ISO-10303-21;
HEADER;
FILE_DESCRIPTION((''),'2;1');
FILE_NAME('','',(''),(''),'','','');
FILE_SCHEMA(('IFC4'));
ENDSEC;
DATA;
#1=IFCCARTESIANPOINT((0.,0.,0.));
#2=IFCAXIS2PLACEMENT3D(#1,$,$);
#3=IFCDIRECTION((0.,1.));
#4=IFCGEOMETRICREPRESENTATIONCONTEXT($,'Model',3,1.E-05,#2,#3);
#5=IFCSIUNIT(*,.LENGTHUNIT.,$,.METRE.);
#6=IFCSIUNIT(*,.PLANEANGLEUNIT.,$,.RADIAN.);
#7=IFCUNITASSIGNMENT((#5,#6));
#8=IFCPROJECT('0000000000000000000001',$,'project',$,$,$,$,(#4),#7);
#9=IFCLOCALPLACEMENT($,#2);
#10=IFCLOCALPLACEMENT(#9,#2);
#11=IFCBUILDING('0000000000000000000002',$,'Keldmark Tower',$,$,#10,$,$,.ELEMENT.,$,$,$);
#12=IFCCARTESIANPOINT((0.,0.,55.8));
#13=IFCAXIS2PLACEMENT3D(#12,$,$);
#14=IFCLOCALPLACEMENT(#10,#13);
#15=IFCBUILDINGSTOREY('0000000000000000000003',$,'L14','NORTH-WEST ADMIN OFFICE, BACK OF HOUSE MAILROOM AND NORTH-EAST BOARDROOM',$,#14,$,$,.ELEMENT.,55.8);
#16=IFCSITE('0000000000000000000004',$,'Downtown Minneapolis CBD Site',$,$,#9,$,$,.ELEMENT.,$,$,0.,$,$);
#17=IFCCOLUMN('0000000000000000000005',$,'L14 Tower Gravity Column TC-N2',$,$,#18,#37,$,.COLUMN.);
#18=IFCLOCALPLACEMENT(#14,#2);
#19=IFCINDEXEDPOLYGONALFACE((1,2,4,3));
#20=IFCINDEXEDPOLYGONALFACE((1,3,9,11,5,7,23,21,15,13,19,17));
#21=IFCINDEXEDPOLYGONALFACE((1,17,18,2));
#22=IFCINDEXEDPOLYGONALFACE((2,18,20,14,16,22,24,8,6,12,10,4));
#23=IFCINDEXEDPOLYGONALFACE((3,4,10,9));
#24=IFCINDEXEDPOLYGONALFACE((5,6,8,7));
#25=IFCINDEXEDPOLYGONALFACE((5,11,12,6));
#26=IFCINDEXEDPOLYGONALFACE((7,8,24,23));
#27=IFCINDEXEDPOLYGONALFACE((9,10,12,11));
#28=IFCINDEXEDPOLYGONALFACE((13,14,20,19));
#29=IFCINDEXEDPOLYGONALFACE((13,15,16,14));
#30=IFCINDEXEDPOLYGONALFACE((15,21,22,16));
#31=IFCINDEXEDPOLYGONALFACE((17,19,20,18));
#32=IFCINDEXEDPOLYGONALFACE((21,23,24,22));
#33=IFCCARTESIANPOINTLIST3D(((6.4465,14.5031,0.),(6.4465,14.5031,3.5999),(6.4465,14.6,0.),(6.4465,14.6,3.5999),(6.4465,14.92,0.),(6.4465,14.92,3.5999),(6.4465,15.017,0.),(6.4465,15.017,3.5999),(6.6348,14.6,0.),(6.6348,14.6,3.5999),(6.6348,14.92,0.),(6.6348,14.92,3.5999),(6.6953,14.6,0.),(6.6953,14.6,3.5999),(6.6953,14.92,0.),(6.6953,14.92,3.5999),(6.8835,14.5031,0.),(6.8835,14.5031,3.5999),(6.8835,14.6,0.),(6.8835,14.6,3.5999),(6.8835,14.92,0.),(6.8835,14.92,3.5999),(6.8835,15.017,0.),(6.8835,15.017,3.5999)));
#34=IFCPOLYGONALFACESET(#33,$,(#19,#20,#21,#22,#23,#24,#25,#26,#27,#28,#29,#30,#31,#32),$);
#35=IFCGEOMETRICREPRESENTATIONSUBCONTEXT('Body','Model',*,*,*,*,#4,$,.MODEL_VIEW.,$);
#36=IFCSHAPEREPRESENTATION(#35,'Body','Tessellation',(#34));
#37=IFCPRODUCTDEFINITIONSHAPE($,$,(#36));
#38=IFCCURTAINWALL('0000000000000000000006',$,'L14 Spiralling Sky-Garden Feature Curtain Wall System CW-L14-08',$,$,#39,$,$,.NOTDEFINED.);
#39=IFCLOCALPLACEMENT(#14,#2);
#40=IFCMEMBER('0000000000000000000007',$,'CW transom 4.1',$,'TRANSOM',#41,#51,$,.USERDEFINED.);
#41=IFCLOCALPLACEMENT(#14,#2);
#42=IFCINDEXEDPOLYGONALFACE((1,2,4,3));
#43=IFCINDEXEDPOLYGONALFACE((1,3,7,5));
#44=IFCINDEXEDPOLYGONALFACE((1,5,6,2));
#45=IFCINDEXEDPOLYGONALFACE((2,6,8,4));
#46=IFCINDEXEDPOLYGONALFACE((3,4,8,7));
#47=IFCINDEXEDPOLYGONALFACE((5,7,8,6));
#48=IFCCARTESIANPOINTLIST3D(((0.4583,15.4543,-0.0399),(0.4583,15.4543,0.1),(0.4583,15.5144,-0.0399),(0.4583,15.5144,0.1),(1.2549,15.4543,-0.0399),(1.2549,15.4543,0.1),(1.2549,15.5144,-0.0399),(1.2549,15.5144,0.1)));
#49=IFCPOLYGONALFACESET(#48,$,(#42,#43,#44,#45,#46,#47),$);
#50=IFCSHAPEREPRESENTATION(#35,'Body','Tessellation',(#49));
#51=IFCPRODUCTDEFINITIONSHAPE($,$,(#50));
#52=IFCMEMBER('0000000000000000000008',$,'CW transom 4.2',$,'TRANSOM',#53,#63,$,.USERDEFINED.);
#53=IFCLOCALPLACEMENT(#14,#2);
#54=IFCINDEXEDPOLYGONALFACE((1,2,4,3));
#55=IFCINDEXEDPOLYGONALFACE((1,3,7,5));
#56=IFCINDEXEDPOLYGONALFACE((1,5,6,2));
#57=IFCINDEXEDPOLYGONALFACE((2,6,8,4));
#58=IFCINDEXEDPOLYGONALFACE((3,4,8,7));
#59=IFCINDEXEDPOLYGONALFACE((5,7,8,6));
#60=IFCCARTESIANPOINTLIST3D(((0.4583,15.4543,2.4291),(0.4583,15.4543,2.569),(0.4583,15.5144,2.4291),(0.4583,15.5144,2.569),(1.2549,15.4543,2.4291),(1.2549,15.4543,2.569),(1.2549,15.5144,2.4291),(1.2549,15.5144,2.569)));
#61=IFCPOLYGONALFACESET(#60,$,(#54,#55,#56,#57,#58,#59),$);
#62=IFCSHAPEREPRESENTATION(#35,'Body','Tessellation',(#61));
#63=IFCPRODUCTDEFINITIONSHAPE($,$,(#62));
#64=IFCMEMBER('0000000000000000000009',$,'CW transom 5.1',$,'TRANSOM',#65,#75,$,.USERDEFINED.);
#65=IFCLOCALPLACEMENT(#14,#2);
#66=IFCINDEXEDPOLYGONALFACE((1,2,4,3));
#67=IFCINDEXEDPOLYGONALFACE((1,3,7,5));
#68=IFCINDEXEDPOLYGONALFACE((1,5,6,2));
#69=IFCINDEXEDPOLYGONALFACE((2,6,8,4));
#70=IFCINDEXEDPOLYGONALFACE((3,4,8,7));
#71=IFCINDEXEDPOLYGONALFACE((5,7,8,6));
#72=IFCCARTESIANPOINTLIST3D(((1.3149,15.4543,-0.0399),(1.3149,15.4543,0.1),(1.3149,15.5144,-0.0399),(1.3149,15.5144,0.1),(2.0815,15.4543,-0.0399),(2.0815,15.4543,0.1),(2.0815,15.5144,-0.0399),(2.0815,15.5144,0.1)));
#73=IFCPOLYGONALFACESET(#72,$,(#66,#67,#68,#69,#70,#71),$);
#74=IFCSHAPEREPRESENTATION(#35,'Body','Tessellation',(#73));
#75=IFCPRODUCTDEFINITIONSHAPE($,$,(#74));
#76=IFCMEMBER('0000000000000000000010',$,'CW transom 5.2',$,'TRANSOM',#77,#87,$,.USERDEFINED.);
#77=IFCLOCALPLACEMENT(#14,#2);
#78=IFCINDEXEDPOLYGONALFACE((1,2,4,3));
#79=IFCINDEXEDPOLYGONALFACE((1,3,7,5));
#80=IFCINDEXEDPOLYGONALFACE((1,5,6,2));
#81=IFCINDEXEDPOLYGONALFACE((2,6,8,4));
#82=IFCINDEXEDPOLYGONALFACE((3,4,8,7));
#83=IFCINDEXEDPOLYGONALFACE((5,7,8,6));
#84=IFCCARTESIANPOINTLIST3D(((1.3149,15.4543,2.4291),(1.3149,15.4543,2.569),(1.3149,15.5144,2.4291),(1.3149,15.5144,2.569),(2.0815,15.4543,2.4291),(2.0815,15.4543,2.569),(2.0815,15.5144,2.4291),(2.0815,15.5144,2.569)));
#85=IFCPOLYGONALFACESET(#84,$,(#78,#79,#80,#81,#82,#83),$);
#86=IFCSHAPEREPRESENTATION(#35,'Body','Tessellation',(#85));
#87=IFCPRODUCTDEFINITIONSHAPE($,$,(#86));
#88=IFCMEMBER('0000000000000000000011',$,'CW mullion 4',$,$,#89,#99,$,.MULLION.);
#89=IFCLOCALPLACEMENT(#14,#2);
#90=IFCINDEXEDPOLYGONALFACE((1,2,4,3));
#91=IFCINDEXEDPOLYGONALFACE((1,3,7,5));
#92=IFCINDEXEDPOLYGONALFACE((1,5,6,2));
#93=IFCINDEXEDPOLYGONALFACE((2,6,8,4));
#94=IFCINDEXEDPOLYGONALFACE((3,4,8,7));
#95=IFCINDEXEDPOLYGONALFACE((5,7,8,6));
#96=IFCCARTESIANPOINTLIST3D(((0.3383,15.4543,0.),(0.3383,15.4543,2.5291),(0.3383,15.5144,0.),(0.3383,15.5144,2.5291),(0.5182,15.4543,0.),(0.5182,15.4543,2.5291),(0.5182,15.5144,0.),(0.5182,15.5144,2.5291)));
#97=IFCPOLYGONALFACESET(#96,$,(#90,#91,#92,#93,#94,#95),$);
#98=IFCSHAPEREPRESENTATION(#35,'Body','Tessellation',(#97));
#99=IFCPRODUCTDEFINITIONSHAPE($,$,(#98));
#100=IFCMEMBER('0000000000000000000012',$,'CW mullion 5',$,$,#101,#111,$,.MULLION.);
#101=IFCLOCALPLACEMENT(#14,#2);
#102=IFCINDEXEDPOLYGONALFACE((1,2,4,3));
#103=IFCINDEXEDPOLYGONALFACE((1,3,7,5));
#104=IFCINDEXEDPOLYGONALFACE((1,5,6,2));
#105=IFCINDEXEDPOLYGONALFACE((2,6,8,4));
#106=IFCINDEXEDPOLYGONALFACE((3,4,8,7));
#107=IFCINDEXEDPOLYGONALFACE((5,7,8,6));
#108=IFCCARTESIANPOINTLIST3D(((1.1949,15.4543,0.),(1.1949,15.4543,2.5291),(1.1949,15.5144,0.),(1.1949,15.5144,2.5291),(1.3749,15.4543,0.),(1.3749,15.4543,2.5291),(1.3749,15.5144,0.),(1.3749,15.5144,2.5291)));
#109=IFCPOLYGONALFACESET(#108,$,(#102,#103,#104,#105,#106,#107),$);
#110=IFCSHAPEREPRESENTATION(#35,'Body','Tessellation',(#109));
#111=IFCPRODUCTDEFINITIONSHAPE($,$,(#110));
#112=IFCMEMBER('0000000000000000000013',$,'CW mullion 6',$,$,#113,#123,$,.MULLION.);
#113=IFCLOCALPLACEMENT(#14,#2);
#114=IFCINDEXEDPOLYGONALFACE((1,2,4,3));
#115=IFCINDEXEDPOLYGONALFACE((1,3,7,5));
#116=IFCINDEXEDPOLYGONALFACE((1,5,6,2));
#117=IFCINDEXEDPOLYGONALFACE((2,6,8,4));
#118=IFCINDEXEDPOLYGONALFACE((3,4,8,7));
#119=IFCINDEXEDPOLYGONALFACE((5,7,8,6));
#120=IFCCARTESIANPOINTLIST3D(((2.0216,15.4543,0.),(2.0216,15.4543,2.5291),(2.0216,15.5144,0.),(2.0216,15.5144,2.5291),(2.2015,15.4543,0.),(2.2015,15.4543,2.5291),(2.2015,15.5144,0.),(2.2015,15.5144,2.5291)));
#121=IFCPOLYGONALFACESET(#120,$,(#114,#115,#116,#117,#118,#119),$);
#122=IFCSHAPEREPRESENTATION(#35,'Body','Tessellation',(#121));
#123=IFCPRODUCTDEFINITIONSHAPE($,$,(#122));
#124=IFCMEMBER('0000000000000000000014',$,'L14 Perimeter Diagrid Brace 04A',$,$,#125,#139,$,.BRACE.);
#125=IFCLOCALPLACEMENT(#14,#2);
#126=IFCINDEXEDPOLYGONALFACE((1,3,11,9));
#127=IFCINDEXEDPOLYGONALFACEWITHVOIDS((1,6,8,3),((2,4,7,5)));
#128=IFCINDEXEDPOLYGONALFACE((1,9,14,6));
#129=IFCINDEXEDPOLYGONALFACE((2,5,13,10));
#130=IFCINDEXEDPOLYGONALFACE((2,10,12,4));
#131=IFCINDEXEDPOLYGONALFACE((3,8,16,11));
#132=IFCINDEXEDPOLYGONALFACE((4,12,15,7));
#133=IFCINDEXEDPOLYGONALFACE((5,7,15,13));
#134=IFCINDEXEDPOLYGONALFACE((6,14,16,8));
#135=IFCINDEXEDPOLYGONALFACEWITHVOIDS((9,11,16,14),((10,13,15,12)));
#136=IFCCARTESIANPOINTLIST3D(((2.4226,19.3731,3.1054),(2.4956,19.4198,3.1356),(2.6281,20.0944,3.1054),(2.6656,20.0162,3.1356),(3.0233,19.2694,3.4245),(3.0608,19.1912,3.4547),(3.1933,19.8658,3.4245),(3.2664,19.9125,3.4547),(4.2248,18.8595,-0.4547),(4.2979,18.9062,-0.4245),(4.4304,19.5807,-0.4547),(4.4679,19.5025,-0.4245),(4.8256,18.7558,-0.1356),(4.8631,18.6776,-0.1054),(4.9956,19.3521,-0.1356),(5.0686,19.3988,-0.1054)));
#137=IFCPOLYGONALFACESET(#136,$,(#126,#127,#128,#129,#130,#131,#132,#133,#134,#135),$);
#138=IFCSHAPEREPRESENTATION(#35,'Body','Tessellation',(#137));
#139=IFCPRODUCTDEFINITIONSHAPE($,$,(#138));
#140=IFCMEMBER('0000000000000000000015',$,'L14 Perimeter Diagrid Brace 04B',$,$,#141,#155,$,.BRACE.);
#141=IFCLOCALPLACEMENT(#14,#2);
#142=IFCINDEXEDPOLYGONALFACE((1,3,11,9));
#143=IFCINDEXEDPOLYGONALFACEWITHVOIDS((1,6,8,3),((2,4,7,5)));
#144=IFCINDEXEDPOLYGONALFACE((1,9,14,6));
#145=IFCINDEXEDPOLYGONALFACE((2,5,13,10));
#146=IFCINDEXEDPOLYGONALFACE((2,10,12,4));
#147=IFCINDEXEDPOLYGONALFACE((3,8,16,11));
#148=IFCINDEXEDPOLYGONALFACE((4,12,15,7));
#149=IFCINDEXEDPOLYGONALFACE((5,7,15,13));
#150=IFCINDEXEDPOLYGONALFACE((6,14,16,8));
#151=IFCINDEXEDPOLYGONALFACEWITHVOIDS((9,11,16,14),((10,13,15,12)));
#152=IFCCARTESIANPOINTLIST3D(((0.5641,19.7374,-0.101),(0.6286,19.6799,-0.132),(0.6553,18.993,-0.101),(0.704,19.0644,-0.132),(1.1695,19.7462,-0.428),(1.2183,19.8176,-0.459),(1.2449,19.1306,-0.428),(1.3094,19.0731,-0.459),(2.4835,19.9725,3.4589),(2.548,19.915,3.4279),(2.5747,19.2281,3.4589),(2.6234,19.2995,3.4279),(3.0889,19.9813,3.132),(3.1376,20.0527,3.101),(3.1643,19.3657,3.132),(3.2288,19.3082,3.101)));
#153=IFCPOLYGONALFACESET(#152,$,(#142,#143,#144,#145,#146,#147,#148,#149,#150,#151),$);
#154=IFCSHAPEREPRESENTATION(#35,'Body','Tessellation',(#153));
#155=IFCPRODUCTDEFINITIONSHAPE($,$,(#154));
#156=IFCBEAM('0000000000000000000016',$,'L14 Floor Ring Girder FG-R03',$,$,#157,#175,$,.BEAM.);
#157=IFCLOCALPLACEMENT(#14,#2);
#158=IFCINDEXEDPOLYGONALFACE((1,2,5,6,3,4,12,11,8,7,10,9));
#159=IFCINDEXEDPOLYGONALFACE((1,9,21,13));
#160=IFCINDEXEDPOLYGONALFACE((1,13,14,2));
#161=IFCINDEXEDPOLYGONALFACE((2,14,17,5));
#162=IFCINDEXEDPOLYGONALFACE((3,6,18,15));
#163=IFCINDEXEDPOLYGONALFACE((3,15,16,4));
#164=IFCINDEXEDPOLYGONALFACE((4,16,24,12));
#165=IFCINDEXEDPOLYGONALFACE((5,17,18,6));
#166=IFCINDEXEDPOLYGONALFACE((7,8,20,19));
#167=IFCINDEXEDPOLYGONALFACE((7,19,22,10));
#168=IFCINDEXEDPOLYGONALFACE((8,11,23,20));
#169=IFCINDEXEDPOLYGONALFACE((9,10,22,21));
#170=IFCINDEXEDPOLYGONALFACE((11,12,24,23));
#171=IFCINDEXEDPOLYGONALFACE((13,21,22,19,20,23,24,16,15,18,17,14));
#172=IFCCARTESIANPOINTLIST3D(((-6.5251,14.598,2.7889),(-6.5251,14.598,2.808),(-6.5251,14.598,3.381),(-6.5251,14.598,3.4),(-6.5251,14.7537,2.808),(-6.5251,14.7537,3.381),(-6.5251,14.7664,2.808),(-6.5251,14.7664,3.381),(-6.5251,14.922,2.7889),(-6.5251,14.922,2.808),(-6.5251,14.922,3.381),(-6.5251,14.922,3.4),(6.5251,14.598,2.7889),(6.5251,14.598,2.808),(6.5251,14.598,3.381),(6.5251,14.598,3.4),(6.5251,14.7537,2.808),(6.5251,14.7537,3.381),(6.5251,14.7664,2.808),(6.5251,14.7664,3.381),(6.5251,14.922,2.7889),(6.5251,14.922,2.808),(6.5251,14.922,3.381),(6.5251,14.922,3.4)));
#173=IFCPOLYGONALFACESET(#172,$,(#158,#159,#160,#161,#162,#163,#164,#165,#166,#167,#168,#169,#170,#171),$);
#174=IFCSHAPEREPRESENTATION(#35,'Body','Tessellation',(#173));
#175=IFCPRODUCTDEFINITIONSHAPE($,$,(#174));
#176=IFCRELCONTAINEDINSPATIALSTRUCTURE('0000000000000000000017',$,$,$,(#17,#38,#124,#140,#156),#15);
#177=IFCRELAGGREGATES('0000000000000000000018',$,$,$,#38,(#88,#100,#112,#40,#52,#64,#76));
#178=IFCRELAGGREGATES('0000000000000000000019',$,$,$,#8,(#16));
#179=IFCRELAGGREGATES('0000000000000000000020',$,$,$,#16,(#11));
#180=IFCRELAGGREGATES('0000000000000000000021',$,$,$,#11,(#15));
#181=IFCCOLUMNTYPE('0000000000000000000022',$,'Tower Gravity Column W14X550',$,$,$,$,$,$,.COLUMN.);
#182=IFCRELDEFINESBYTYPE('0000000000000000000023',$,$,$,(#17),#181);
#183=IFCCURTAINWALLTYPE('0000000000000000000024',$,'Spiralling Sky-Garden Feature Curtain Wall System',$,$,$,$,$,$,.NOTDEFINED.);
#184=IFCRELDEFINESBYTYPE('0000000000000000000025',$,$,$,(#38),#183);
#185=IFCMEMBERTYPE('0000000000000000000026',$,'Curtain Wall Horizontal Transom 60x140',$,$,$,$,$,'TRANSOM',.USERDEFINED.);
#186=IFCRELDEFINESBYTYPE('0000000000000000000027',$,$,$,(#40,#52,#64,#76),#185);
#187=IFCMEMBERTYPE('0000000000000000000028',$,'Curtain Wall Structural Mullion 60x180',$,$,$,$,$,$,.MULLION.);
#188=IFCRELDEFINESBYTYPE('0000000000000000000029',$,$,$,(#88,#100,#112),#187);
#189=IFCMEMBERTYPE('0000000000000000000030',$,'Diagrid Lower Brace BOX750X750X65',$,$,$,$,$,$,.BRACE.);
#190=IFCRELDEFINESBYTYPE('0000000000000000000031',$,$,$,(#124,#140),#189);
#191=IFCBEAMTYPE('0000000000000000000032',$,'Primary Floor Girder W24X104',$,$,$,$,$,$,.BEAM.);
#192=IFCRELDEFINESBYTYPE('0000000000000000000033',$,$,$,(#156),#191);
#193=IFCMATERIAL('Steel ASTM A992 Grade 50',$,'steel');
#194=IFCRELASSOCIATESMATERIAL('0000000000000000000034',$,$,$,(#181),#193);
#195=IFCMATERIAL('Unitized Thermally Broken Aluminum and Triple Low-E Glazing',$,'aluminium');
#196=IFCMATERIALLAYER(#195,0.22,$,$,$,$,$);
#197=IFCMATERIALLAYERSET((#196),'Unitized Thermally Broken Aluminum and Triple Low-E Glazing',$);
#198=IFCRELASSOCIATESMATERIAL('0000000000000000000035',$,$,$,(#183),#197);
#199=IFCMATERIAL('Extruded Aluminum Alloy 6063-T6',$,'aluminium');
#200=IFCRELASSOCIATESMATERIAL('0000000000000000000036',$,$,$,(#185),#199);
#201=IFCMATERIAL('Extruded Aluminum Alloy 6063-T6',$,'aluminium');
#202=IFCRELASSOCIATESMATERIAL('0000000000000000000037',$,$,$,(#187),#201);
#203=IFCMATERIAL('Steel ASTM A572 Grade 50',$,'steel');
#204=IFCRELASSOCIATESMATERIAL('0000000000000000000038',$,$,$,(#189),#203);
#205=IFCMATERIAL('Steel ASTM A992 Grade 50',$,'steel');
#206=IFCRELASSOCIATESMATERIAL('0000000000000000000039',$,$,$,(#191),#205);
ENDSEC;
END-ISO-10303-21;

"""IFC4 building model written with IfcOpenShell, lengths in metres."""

from ifc_helpers import new_model, si_unit, direction, frame, origin, origin_2d, place, context, subcontext, project, spatial, rectangle, hollow_rectangle, i_section, extrude, material, layer, layer_set, material_profile, profile_set, type_object, element, aggregate, save


model = new_model("IFC4")

# Units and contexts
model_context = context("Model", 3, precision=1e-05, world=origin(), true_north=direction((0.0, 1.0)))
body_context = subcontext(model_context, "Body", "Model", "MODEL_VIEW")
ifc_project = project(units=[si_unit("LENGTHUNIT", "METRE"), si_unit("PLANEANGLEUNIT", "RADIAN")], contexts=[model_context])

# Site, building, storey
site_placement = place(None, origin())
site = spatial("IfcSite", under=ifc_project, at=site_placement, Name="Downtown Minneapolis CBD Site", CompositionType="ELEMENT", RefElevation=0.0)
building_placement = place(site_placement, origin())
building = spatial("IfcBuilding", under=site, at=building_placement, Name="Keldmark Tower", CompositionType="ELEMENT")
storey_placement = place(building_placement, frame((0.0, 0.0, 55.8)))
storey = spatial("IfcBuildingStorey", under=building, at=storey_placement, Name="L14", Description="NORTH-WEST ADMIN OFFICE, BACK OF HOUSE MAILROOM AND NORTH-EAST BOARDROOM", CompositionType="ELEMENT", Elevation=55.8)

# Column
ifc_material_1 = material(Name="Steel ASTM A992 Grade 50", Category="steel")
ifc_material_profile_1 = material_profile(ifc_material_1, i_section(OverallWidth=0.437, OverallDepth=0.5139, WebThickness=0.0605, FlangeThickness=0.0969, at=origin_2d()), Name="W14X550")
ifc_profile_set_1 = profile_set([ifc_material_profile_1], Name="Steel ASTM A992 Grade 50")
column_type = type_object("IfcColumnType", Name="Tower Gravity Column W14X550", PredefinedType="COLUMN", material=ifc_profile_set_1)
column_placement = place(storey_placement, frame((6.665, 14.76, 0.0), z_axis=(0.0, 0.0, 1.0), x_axis=(1.0, 0.0, 0.0)))
element("IfcColumn", 1, at=column_placement, inside=storey, type_object=column_type, Name="L14 Tower Gravity Column TC-N2", PredefinedType="COLUMN", context=body_context, shape_type="SweptSolid", body=[
    extrude(i_section(OverallWidth=0.437, OverallDepth=0.5139, WebThickness=0.0605, FlangeThickness=0.0969, at=origin_2d()), origin(), (0.0, 0.0, 1.0), 3.5999),
])

# Curtain wall, members
ifc_material_2 = material(Name="Unitized Thermally Broken Aluminum and Triple Low-E Glazing", Category="aluminium")
ifc_layer_1 = layer(ifc_material_2, 0.22)
ifc_layer_set_1 = layer_set([ifc_layer_1], Name="Unitized Thermally Broken Aluminum and Triple Low-E Glazing")
curtain_wall_type = type_object("IfcCurtainWallType", Name="Spiralling Sky-Garden Feature Curtain Wall System", PredefinedType="NOTDEFINED", material=ifc_layer_set_1)
curtain_wall_placement = place(storey_placement, origin())
curtain_wall = element("IfcCurtainWall", 2, at=curtain_wall_placement, inside=storey, type_object=curtain_wall_type, Name="L14 Spiralling Sky-Garden Feature Curtain Wall System CW-L14-08", PredefinedType="NOTDEFINED")
ifc_material_3 = material(Name="Extruded Aluminum Alloy 6063-T6", Category="aluminium")
ifc_material_profile_2 = material_profile(ifc_material_3, rectangle(XDim=0.0601, YDim=0.1399, at=origin_2d()), Name="CWT60X140")
ifc_profile_set_2 = profile_set([ifc_material_profile_2], Name="Extruded Aluminum Alloy 6063-T6")
member_type_1 = type_object("IfcMemberType", Name="Curtain Wall Horizontal Transom 60x140", ElementType="TRANSOM", PredefinedType="USERDEFINED", material=ifc_profile_set_2)
member_1_placement = place(storey_placement, frame((0.4583, 15.4844, 0.03), z_axis=(1.0, 0.0, 0.0), x_axis=(0.0, 1.0, 0.0)))
member_1 = element("IfcMember", 3, at=member_1_placement, type_object=member_type_1, Name="CW transom 4.1", ObjectType="TRANSOM", PredefinedType="USERDEFINED", context=body_context, shape_type="SweptSolid", body=[
    extrude(rectangle(XDim=0.0601, YDim=0.1399, at=origin_2d()), origin(), (0.0, 0.0, 1.0), 0.7966),
])
member_2_placement = place(storey_placement, frame((0.4583, 15.4844, 2.499), z_axis=(1.0, 0.0, 0.0), x_axis=(0.0, 1.0, 0.0)))
member_2 = element("IfcMember", 4, at=member_2_placement, type_object=member_type_1, Name="CW transom 4.2", ObjectType="TRANSOM", PredefinedType="USERDEFINED", context=body_context, shape_type="SweptSolid", body=[
    extrude(rectangle(XDim=0.0601, YDim=0.1399, at=origin_2d()), origin(), (0.0, 0.0, 1.0), 0.7966),
])
member_3_placement = place(storey_placement, frame((1.3149, 15.4844, 0.03), z_axis=(1.0, 0.0, 0.0), x_axis=(0.0, 1.0, 0.0)))
member_3 = element("IfcMember", 5, at=member_3_placement, type_object=member_type_1, Name="CW transom 5.1", ObjectType="TRANSOM", PredefinedType="USERDEFINED", context=body_context, shape_type="SweptSolid", body=[
    extrude(rectangle(XDim=0.0601, YDim=0.1399, at=origin_2d()), origin(), (0.0, 0.0, 1.0), 0.7666),
])
member_4_placement = place(storey_placement, frame((1.3149, 15.4844, 2.499), z_axis=(1.0, 0.0, 0.0), x_axis=(0.0, 1.0, 0.0)))
member_4 = element("IfcMember", 6, at=member_4_placement, type_object=member_type_1, Name="CW transom 5.2", ObjectType="TRANSOM", PredefinedType="USERDEFINED", context=body_context, shape_type="SweptSolid", body=[
    extrude(rectangle(XDim=0.0601, YDim=0.1399, at=origin_2d()), origin(), (0.0, 0.0, 1.0), 0.7666),
])
ifc_material_4 = material(Name="Extruded Aluminum Alloy 6063-T6", Category="aluminium")
ifc_material_profile_3 = material_profile(ifc_material_4, rectangle(XDim=0.0601, YDim=0.1799, at=origin_2d()), Name="CWM60X180")
ifc_profile_set_3 = profile_set([ifc_material_profile_3], Name="Extruded Aluminum Alloy 6063-T6")
member_type_2 = type_object("IfcMemberType", Name="Curtain Wall Structural Mullion 60x180", PredefinedType="MULLION", material=ifc_profile_set_3)
member_5_placement = place(storey_placement, frame((0.4282, 15.4844, 0.0), z_axis=(0.0, 0.0, 1.0), x_axis=(0.0, 1.0, 0.0)))
member_5 = element("IfcMember", 7, at=member_5_placement, type_object=member_type_2, Name="CW mullion 4", PredefinedType="MULLION", context=body_context, shape_type="SweptSolid", body=[
    extrude(rectangle(XDim=0.0601, YDim=0.1799, at=origin_2d()), origin(), (0.0, 0.0, 1.0), 2.5291),
])
member_6_placement = place(storey_placement, frame((1.2849, 15.4844, 0.0), z_axis=(0.0, 0.0, 1.0), x_axis=(0.0, 1.0, 0.0)))
member_6 = element("IfcMember", 8, at=member_6_placement, type_object=member_type_2, Name="CW mullion 5", PredefinedType="MULLION", context=body_context, shape_type="SweptSolid", body=[
    extrude(rectangle(XDim=0.0601, YDim=0.1799, at=origin_2d()), origin(), (0.0, 0.0, 1.0), 2.5291),
])
member_7_placement = place(storey_placement, frame((2.1116, 15.4844, 0.0), z_axis=(0.0, 0.0, 1.0), x_axis=(0.0, 1.0, 0.0)))
member_7 = element("IfcMember", 9, at=member_7_placement, type_object=member_type_2, Name="CW mullion 6", PredefinedType="MULLION", context=body_context, shape_type="SweptSolid", body=[
    extrude(rectangle(XDim=0.0601, YDim=0.1799, at=origin_2d()), origin(), (0.0, 0.0, 1.0), 2.5291),
])

# Members
ifc_material_5 = material(Name="Steel ASTM A572 Grade 50", Category="steel")
ifc_material_profile_4 = material_profile(ifc_material_5, hollow_rectangle(XDim=0.75, YDim=0.75, WallThickness=0.0649, at=origin_2d()), Name="BOX750X750X65")
ifc_profile_set_4 = profile_set([ifc_material_profile_4], Name="Steel ASTM A572 Grade 50")
member_type_3 = type_object("IfcMemberType", Name="Diagrid Lower Brace BOX750X750X65", PredefinedType="BRACE", material=ifc_profile_set_4)
member_8_placement = place(storey_placement, frame((4.6467, 19.1292, -0.28), z_axis=(-0.447966, 0.127678, 0.884887), x_axis=(-0.274102, -0.961701, 0.0)))
element("IfcMember", 10, at=member_8_placement, inside=storey, type_object=member_type_3, Name="L14 Perimeter Diagrid Brace 04A", PredefinedType="BRACE", context=body_context, shape_type="SweptSolid", body=[
    extrude(hollow_rectangle(XDim=0.75, YDim=0.75, WallThickness=0.0649, at=origin_2d()), origin(), (0.0, 0.0, 1.0), 4.0232),
])
member_9_placement = place(storey_placement, frame((0.9368, 19.4053, -0.28), z_axis=(0.473775, 0.058032, 0.878732), x_axis=(-0.121579, 0.992582, 0.0)))
element("IfcMember", 11, at=member_9_placement, inside=storey, type_object=member_type_3, Name="L14 Perimeter Diagrid Brace 04B", PredefinedType="BRACE", context=body_context, shape_type="SweptSolid", body=[
    extrude(hollow_rectangle(XDim=0.75, YDim=0.75, WallThickness=0.0649, at=origin_2d()), origin(), (0.0, 0.0, 1.0), 4.0513),
])

# Beam
ifc_material_6 = material(Name="Steel ASTM A992 Grade 50", Category="steel")
ifc_material_profile_5 = material_profile(ifc_material_6, i_section(OverallWidth=0.324, OverallDepth=0.6111, WebThickness=0.0127, FlangeThickness=0.019, at=origin_2d()), Name="W24X104")
ifc_profile_set_5 = profile_set([ifc_material_profile_5], Name="Steel ASTM A992 Grade 50")
beam_type_1 = type_object("IfcBeamType", Name="Primary Floor Girder W24X104", PredefinedType="BEAM", material=ifc_profile_set_5)
beam_1_placement = place(storey_placement, frame((6.5251, 14.76, 3.0945), z_axis=(-1.0, 0.0, 0.0), x_axis=(0.0, -1.0, 0.0)))
element("IfcBeam", 12, at=beam_1_placement, inside=storey, type_object=beam_type_1, Name="L14 Floor Ring Girder FG-R03", PredefinedType="BEAM", context=body_context, shape_type="SweptSolid", body=[
    extrude(i_section(OverallWidth=0.324, OverallDepth=0.6111, WebThickness=0.0127, FlangeThickness=0.019, at=origin_2d()), origin(), (0.0, 0.0, 1.0), 13.0503),
])

aggregate(curtain_wall, [member_5, member_6, member_7, member_1, member_2, member_3, member_4])

save(model, "model.ifc")
